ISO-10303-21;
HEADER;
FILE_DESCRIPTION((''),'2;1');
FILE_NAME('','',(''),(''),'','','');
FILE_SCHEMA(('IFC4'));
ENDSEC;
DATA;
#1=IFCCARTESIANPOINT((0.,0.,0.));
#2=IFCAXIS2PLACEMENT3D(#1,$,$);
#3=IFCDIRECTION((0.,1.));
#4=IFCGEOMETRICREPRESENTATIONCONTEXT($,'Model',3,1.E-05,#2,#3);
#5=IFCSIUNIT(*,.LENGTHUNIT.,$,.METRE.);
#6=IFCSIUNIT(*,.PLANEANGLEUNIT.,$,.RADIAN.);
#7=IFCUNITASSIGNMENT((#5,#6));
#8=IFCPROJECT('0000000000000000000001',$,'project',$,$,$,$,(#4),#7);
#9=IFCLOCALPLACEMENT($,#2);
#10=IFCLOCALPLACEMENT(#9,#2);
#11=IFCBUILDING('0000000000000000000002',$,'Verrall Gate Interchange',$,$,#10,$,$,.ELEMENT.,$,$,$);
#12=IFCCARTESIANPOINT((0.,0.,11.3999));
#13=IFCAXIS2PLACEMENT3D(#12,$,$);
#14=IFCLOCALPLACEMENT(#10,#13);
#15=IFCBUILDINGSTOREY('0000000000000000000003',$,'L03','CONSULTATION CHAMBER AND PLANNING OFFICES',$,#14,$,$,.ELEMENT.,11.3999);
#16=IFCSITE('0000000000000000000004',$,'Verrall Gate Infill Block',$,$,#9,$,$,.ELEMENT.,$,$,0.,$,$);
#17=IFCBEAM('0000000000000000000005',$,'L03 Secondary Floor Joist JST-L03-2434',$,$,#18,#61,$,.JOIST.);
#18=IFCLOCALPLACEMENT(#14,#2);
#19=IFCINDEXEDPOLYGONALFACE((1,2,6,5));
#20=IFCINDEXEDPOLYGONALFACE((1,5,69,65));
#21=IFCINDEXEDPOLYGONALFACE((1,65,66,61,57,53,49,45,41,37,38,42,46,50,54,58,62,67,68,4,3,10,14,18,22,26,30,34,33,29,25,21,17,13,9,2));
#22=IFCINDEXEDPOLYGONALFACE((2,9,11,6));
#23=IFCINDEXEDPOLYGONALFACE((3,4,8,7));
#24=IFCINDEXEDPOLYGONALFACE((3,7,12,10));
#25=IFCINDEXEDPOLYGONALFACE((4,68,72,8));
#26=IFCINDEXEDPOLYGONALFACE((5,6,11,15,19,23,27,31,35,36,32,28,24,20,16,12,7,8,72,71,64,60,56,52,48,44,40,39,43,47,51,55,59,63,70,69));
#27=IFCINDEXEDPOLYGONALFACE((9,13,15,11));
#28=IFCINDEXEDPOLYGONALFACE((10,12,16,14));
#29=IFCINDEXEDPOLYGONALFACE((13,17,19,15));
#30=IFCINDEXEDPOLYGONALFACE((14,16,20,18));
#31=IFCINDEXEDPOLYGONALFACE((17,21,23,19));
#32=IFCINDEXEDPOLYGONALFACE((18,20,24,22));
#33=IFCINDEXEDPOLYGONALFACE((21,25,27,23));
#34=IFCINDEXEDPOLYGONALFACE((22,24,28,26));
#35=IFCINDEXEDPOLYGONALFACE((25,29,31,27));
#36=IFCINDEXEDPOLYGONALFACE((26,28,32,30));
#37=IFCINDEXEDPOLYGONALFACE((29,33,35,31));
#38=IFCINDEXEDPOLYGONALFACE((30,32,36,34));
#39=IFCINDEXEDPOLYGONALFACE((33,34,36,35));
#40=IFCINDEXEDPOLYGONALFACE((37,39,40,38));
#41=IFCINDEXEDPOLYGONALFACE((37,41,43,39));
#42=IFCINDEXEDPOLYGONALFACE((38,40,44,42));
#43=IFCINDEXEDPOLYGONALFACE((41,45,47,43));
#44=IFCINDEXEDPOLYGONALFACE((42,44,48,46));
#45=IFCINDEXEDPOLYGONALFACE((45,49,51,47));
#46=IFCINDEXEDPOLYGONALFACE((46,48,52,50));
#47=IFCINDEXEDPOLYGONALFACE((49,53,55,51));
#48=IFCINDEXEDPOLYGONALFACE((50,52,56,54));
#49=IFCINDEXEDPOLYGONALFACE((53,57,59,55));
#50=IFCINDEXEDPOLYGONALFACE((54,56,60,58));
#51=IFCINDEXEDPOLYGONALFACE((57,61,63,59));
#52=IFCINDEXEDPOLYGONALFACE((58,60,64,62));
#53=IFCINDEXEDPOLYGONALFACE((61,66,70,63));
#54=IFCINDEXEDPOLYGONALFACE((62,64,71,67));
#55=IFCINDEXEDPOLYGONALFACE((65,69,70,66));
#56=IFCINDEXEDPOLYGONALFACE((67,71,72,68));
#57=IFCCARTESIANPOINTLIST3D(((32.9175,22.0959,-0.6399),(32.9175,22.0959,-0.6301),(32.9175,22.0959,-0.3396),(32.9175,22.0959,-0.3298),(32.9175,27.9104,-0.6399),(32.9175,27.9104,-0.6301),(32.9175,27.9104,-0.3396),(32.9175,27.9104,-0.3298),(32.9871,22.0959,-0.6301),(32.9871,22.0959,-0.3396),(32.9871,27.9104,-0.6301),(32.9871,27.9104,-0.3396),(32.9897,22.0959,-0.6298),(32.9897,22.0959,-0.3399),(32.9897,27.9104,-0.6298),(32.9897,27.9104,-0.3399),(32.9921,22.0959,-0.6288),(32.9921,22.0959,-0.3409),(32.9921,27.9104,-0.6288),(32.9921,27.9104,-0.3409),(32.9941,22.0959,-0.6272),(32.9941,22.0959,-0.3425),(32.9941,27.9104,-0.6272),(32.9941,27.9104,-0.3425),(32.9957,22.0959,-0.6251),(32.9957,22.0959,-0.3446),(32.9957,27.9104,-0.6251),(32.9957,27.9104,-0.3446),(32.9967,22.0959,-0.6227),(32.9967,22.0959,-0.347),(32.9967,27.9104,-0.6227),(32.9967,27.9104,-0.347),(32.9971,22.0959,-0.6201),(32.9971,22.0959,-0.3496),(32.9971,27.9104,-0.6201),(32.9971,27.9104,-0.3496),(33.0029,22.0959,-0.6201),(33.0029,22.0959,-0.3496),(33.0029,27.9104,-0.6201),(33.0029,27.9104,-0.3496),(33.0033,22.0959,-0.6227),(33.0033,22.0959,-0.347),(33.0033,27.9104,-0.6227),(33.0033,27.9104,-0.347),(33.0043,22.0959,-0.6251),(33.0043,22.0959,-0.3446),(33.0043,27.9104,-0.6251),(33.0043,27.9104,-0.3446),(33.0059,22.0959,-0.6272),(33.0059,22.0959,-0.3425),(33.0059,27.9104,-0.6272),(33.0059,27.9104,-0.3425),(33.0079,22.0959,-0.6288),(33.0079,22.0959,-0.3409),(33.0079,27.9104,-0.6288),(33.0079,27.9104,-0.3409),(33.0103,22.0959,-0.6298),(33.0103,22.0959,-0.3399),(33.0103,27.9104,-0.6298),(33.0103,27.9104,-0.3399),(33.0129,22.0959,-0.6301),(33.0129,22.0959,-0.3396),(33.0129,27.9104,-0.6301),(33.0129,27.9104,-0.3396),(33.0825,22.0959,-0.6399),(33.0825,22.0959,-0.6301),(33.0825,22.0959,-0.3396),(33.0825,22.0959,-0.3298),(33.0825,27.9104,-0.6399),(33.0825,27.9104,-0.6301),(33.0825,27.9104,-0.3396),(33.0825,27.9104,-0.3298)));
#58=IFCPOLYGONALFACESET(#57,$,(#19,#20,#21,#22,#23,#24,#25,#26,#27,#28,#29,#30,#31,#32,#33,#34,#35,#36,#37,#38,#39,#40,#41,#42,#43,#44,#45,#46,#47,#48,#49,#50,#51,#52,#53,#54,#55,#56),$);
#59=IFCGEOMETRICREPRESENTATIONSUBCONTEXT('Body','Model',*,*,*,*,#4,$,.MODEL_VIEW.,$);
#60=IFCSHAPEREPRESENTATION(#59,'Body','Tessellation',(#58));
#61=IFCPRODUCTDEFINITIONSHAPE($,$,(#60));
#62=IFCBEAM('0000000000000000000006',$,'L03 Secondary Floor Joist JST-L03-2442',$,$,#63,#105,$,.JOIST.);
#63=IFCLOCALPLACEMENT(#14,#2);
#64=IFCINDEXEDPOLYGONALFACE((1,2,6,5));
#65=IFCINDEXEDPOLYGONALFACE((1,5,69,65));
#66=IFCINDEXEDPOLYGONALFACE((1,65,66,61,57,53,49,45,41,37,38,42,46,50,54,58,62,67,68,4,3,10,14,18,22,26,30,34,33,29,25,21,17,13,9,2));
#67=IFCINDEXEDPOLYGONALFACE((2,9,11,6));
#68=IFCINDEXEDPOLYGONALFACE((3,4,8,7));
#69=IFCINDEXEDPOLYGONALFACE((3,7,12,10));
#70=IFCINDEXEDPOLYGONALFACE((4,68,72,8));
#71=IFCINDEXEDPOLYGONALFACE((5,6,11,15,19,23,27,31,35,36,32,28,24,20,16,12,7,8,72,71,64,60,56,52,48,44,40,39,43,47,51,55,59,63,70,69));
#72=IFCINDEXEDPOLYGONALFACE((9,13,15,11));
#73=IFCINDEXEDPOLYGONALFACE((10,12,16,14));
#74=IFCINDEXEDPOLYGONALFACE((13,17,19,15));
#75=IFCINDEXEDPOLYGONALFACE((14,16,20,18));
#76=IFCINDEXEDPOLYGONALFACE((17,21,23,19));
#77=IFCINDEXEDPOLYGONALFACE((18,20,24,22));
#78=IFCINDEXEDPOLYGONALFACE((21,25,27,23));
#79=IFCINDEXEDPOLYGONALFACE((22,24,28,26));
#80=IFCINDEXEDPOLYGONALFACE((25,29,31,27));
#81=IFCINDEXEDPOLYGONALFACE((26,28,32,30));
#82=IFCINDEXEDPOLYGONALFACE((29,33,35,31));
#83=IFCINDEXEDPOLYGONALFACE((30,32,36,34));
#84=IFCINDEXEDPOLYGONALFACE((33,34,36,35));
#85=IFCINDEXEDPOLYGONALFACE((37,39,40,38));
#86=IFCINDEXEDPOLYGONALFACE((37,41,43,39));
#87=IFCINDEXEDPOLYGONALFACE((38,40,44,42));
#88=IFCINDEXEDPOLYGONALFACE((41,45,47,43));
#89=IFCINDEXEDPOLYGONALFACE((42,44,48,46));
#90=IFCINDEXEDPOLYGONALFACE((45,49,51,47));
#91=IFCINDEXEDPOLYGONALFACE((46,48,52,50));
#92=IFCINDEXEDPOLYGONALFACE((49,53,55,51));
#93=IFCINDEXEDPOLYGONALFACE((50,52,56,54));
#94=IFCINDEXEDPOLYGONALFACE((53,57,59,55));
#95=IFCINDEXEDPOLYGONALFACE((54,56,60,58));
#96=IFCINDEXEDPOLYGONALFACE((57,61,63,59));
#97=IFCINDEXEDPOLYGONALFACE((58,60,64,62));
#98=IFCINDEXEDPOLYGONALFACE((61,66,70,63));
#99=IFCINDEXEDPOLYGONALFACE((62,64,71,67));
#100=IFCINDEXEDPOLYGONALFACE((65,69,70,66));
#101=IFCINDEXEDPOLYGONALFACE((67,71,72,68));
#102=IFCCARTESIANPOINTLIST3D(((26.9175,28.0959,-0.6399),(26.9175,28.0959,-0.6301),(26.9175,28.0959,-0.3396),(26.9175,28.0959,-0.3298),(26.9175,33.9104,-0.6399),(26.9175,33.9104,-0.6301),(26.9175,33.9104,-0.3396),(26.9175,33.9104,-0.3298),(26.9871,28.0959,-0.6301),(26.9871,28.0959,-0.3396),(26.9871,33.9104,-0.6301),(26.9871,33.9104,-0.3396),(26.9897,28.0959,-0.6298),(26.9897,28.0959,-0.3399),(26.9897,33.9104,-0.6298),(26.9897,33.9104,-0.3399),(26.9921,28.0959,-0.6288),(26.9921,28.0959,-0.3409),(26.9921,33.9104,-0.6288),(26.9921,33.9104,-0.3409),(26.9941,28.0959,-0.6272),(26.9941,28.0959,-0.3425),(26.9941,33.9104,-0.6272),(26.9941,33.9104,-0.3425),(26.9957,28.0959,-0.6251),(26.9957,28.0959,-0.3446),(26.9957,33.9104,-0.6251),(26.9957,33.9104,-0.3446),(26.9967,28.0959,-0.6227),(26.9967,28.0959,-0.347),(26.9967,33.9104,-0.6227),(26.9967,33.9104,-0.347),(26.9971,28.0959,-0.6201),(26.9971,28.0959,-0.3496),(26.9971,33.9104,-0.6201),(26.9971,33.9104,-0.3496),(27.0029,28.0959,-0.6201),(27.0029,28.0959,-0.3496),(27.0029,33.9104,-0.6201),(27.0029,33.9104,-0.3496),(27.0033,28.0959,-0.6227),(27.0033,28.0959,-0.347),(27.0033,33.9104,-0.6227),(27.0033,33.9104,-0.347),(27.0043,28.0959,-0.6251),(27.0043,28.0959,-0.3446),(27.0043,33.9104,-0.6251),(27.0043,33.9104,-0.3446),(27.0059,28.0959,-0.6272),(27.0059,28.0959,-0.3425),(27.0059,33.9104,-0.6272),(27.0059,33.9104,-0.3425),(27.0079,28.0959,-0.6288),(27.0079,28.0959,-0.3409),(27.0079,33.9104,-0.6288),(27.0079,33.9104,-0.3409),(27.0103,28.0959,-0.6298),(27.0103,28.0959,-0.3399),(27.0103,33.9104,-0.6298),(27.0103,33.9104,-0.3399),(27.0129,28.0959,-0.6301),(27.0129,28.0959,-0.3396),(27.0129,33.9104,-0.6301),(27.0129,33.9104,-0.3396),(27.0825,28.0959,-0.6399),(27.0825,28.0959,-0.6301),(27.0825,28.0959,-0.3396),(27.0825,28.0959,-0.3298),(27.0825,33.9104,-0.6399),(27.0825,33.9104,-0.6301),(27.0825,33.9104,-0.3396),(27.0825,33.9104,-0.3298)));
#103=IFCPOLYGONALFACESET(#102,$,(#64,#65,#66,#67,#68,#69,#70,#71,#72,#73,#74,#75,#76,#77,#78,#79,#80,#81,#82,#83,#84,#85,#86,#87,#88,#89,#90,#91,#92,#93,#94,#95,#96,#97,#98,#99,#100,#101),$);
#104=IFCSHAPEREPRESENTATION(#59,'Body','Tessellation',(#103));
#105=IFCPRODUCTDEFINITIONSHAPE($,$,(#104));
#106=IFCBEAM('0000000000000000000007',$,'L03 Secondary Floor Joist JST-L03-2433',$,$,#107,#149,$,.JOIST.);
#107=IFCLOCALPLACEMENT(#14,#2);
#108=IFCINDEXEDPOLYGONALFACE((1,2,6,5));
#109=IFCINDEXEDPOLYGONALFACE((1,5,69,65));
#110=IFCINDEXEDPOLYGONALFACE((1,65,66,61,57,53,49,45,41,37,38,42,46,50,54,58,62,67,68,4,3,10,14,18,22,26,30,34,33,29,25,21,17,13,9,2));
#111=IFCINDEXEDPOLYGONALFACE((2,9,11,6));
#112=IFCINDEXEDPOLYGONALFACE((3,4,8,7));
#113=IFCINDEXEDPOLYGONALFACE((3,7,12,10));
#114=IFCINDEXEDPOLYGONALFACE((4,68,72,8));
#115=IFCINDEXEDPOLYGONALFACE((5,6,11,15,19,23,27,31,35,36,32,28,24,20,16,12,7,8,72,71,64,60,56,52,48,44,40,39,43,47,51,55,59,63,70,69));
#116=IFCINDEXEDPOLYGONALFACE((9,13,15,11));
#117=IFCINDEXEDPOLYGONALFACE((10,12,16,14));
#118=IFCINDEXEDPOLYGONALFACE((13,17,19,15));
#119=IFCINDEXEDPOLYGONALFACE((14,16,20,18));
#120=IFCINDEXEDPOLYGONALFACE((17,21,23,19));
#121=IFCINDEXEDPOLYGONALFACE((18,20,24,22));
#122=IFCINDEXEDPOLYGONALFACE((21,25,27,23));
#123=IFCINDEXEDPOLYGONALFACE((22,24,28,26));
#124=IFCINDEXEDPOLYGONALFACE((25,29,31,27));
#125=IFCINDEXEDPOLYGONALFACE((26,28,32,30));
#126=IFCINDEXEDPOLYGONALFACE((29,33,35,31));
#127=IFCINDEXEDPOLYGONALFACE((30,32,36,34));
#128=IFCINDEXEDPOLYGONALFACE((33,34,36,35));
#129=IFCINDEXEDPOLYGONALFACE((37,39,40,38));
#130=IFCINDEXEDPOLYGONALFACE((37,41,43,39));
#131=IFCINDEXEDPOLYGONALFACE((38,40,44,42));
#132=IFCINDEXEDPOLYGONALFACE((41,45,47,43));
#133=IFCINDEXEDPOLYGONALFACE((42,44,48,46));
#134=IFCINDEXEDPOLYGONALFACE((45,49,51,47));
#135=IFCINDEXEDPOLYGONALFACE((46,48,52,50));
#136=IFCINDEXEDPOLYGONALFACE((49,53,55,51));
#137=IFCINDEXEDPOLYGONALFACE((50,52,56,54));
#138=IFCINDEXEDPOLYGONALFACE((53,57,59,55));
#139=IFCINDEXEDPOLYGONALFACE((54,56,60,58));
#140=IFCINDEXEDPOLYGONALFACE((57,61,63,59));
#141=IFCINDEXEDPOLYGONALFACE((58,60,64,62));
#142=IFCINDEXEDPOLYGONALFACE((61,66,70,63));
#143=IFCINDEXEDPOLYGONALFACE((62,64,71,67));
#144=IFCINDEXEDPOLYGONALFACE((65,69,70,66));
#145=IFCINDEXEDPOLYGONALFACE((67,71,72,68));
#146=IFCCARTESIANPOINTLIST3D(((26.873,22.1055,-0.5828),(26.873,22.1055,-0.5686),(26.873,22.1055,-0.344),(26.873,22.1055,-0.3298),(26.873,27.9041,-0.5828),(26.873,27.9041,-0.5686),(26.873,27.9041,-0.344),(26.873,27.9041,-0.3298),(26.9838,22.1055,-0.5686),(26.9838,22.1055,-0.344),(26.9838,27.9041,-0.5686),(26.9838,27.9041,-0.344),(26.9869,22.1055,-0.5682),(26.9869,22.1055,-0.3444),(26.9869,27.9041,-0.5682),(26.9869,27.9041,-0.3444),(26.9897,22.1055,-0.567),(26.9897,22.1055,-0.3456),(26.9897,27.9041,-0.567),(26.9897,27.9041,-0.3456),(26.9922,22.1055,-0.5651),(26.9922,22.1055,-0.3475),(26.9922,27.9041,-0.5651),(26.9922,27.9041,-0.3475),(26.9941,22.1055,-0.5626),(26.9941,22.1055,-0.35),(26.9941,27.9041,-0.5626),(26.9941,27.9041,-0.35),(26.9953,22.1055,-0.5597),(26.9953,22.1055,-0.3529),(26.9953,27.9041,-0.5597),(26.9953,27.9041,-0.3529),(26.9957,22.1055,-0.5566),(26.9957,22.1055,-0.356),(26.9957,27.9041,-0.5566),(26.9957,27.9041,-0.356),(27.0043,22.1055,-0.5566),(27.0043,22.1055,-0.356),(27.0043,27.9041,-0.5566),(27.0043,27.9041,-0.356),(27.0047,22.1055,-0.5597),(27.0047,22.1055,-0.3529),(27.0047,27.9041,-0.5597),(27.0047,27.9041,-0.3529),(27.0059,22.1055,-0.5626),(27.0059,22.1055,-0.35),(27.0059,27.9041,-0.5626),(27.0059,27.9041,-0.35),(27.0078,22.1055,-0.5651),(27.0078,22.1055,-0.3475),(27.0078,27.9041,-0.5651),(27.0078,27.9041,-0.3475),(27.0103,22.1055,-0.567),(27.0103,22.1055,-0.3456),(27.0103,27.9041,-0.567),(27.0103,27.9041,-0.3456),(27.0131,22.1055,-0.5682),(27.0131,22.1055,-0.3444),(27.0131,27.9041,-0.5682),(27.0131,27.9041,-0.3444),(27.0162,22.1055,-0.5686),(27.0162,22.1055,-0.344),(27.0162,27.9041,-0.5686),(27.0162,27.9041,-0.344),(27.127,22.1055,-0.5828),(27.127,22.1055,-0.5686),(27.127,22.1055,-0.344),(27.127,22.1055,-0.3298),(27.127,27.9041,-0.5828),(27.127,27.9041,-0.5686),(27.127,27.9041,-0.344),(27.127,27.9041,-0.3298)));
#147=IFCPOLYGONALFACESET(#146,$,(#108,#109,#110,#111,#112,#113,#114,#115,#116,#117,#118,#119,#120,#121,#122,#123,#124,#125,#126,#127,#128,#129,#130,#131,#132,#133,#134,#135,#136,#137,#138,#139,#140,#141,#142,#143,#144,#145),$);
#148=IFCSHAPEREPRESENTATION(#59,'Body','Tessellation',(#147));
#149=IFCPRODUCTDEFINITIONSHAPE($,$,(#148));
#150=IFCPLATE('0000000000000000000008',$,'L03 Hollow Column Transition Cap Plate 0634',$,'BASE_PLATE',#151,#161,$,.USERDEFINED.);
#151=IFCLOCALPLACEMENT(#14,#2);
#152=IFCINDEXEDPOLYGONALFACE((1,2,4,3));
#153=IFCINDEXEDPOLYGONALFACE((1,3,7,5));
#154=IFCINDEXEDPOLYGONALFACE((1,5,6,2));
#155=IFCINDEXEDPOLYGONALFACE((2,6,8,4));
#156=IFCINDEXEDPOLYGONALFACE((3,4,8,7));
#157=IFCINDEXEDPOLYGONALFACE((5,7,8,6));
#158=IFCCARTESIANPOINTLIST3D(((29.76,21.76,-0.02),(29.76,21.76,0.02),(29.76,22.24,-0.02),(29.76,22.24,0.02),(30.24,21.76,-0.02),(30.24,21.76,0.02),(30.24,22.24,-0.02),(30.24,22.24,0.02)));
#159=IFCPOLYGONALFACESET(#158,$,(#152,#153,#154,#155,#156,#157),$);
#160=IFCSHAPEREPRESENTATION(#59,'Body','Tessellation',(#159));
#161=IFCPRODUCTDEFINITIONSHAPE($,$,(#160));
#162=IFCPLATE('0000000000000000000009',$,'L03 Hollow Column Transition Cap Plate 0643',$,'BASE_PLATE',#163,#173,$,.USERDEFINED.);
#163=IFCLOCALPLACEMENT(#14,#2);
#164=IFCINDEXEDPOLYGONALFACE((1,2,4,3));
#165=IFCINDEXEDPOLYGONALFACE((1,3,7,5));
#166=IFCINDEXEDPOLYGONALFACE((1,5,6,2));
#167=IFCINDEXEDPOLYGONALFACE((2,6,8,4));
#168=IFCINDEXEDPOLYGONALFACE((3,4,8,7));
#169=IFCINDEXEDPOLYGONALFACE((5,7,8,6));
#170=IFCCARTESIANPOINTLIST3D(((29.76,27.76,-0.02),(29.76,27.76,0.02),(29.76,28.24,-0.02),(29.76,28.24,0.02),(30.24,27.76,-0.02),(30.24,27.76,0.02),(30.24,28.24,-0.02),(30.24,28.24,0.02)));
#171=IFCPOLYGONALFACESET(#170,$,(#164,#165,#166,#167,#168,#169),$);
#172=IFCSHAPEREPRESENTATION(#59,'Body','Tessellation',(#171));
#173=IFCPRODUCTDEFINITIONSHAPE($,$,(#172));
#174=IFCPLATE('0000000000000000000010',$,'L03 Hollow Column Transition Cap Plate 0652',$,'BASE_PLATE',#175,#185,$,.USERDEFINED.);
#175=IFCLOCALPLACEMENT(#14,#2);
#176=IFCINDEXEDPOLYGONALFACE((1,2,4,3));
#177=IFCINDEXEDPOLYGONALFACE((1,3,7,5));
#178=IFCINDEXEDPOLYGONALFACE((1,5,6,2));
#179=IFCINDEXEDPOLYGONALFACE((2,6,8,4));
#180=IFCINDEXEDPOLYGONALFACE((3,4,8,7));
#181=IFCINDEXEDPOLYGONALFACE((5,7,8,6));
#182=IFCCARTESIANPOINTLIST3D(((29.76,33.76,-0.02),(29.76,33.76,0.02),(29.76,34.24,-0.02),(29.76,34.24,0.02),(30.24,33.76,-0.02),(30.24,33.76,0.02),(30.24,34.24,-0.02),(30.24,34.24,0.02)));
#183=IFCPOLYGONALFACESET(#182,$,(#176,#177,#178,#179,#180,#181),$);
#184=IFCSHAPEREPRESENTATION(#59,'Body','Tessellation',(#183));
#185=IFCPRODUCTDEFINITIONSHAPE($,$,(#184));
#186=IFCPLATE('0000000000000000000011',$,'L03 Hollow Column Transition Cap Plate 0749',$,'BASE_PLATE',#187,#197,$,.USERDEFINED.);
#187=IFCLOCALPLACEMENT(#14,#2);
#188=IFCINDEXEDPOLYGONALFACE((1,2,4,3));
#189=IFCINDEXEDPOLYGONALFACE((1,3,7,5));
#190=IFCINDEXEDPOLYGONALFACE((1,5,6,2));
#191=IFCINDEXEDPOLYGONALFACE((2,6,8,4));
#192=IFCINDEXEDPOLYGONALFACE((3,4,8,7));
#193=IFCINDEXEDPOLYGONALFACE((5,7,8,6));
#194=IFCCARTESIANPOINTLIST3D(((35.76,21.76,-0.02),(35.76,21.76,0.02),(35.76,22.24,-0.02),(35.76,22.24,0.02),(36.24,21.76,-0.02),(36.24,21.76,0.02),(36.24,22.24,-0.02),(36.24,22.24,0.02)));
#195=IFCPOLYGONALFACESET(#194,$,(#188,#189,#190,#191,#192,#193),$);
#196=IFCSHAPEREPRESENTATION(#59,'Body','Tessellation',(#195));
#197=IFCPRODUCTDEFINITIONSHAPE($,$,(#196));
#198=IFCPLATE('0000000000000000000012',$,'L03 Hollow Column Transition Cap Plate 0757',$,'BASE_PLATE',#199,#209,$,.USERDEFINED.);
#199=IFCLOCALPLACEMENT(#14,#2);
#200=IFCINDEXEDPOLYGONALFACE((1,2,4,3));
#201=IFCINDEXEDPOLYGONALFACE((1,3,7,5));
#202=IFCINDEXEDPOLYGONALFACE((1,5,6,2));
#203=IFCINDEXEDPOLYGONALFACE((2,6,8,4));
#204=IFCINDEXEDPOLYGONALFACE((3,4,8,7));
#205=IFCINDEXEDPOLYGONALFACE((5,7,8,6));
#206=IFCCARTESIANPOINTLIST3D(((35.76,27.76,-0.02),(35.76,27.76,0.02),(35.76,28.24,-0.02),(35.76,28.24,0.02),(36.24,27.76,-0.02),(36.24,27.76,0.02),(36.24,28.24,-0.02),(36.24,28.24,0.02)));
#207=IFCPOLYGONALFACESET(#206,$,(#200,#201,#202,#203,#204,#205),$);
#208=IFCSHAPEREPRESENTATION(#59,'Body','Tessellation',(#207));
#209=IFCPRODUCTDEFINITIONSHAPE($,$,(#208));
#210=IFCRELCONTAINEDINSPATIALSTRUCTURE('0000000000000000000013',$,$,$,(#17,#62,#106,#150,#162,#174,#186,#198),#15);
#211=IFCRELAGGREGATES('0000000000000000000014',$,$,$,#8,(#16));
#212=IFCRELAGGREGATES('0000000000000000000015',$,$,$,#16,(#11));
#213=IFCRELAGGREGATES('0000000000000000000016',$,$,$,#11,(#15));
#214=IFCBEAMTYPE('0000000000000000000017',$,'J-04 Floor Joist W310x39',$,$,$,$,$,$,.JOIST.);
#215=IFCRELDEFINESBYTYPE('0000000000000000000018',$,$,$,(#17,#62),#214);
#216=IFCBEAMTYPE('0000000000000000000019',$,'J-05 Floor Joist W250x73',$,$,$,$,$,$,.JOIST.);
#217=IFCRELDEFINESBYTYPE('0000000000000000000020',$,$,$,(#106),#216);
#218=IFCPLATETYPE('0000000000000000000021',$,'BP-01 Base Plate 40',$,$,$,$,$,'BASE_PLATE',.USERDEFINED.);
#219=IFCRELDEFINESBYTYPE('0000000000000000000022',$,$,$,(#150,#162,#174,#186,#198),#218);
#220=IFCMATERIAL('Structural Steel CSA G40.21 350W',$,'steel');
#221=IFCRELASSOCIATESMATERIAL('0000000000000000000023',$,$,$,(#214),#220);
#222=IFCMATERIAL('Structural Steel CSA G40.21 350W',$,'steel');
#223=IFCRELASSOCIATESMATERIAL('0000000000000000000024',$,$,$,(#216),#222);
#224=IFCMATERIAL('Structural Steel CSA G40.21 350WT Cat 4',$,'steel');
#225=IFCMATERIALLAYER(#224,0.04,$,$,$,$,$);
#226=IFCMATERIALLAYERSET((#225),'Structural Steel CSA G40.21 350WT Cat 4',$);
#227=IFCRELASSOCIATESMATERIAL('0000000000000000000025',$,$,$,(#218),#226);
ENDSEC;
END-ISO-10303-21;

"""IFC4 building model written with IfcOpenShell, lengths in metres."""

from ifc_helpers import new_model, si_unit, direction, frame, origin, origin_2d, place, context, subcontext, project, spatial, rectangle, i_section, extrude, material, layer, layer_set, material_profile, profile_set, type_object, element, save


model = new_model("IFC4")

# Units and contexts
model_context = context("Model", 3, precision=1e-05, world=origin(), true_north=direction((0.0, 1.0)))
body_context = subcontext(model_context, "Body", "Model", "MODEL_VIEW")
ifc_project = project(units=[si_unit("LENGTHUNIT", "METRE"), si_unit("PLANEANGLEUNIT", "RADIAN")], contexts=[model_context])

# Site, building, storey
site_placement = place(None, origin())
site = spatial("IfcSite", under=ifc_project, at=site_placement, Name="Verrall Gate Infill Block", CompositionType="ELEMENT", RefElevation=0.0)
building_placement = place(site_placement, origin())
building = spatial("IfcBuilding", under=site, at=building_placement, Name="Verrall Gate Interchange", CompositionType="ELEMENT")
storey_placement = place(building_placement, frame((0.0, 0.0, 11.3999)))
storey = spatial("IfcBuildingStorey", under=building, at=storey_placement, Name="L03", Description="CONSULTATION CHAMBER AND PLANNING OFFICES", CompositionType="ELEMENT", Elevation=11.3999)

# Beams
ifc_material_1 = material(Name="Structural Steel CSA G40.21 350W", Category="steel")
ifc_material_profile_1 = material_profile(ifc_material_1, i_section(OverallWidth=0.165, OverallDepth=0.3101, WebThickness=0.0059, FlangeThickness=0.0098, FilletRadius=0.01, at=origin_2d()), Name="W310x39")
ifc_profile_set_1 = profile_set([ifc_material_profile_1], Name="Structural Steel CSA G40.21 350W")
beam_type_1 = type_object("IfcBeamType", Name="J-04 Floor Joist W310x39", PredefinedType="JOIST", material=ifc_profile_set_1)
for number, where, z_axis, x_axis, name in (
    (1, (33.0, 22.0959, -0.4849), (0.0, 1.0, 0.0), (-1.0, 0.0, 0.0), "L03 Secondary Floor Joist JST-L03-2434"),
    (2, (27.0, 28.0959, -0.4849), (0.0, 1.0, 0.0), (-1.0, 0.0, 0.0), "L03 Secondary Floor Joist JST-L03-2442"),
):
    element("IfcBeam", number, at=place(storey_placement, frame(where, z_axis=z_axis, x_axis=x_axis)), inside=storey, type_object=beam_type_1, Name=name, PredefinedType="JOIST", context=body_context, shape_type="SweptSolid", body=[
        extrude(i_section(OverallWidth=0.165, OverallDepth=0.3101, WebThickness=0.0059, FlangeThickness=0.0098, FilletRadius=0.01, at=origin_2d()), origin(), (0.0, 0.0, 1.0), 5.8145),
    ])
ifc_material_2 = material(Name="Structural Steel CSA G40.21 350W", Category="steel")
ifc_material_profile_2 = material_profile(ifc_material_2, i_section(OverallWidth=0.2539, OverallDepth=0.2529, WebThickness=0.0085, FlangeThickness=0.0142, FilletRadius=0.012, at=origin_2d()), Name="W250x73")
ifc_profile_set_2 = profile_set([ifc_material_profile_2], Name="Structural Steel CSA G40.21 350W")
beam_type_2 = type_object("IfcBeamType", Name="J-05 Floor Joist W250x73", PredefinedType="JOIST", material=ifc_profile_set_2)
beam_1_placement = place(storey_placement, frame((27.0, 22.1055, -0.4563), z_axis=(0.0, 1.0, 0.0), x_axis=(-1.0, 0.0, 0.0)))
element("IfcBeam", 3, at=beam_1_placement, inside=storey, type_object=beam_type_2, Name="L03 Secondary Floor Joist JST-L03-2433", PredefinedType="JOIST", context=body_context, shape_type="SweptSolid", body=[
    extrude(i_section(OverallWidth=0.2539, OverallDepth=0.2529, WebThickness=0.0085, FlangeThickness=0.0142, FilletRadius=0.012, at=origin_2d()), origin(), (0.0, 0.0, 1.0), 5.7986),
])

# Plates
ifc_material_3 = material(Name="Structural Steel CSA G40.21 350WT Cat 4", Category="steel")
ifc_layer_1 = layer(ifc_material_3, 0.04)
ifc_layer_set_1 = layer_set([ifc_layer_1], Name="Structural Steel CSA G40.21 350WT Cat 4")
plate_type_1 = type_object("IfcPlateType", Name="BP-01 Base Plate 40", ElementType="BASE_PLATE", PredefinedType="USERDEFINED", material=ifc_layer_set_1)
for number, where, z_axis, x_axis, name in (
    (4, (30.0, 22.0, -0.02), (0.0, 0.0, 1.0), (1.0, 0.0, 0.0), "L03 Hollow Column Transition Cap Plate 0634"),
    (5, (30.0, 28.0, -0.02), (0.0, 0.0, 1.0), (1.0, 0.0, 0.0), "L03 Hollow Column Transition Cap Plate 0643"),
    (6, (30.0, 34.0, -0.02), (0.0, 0.0, 1.0), (1.0, 0.0, 0.0), "L03 Hollow Column Transition Cap Plate 0652"),
    (7, (36.0, 22.0, -0.02), (0.0, 0.0, 1.0), (1.0, 0.0, 0.0), "L03 Hollow Column Transition Cap Plate 0749"),
    (8, (36.0, 28.0, -0.02), (0.0, 0.0, 1.0), (1.0, 0.0, 0.0), "L03 Hollow Column Transition Cap Plate 0757"),
):
    element("IfcPlate", number, at=place(storey_placement, frame(where, z_axis=z_axis, x_axis=x_axis)), inside=storey, type_object=plate_type_1, Name=name, ObjectType="BASE_PLATE", PredefinedType="USERDEFINED", context=body_context, shape_type="SweptSolid", body=[
        extrude(rectangle(XDim=0.48, YDim=0.48, at=origin_2d()), origin(), (0.0, 0.0, 1.0), 0.04),
    ])

save(model, "model.ifc")
